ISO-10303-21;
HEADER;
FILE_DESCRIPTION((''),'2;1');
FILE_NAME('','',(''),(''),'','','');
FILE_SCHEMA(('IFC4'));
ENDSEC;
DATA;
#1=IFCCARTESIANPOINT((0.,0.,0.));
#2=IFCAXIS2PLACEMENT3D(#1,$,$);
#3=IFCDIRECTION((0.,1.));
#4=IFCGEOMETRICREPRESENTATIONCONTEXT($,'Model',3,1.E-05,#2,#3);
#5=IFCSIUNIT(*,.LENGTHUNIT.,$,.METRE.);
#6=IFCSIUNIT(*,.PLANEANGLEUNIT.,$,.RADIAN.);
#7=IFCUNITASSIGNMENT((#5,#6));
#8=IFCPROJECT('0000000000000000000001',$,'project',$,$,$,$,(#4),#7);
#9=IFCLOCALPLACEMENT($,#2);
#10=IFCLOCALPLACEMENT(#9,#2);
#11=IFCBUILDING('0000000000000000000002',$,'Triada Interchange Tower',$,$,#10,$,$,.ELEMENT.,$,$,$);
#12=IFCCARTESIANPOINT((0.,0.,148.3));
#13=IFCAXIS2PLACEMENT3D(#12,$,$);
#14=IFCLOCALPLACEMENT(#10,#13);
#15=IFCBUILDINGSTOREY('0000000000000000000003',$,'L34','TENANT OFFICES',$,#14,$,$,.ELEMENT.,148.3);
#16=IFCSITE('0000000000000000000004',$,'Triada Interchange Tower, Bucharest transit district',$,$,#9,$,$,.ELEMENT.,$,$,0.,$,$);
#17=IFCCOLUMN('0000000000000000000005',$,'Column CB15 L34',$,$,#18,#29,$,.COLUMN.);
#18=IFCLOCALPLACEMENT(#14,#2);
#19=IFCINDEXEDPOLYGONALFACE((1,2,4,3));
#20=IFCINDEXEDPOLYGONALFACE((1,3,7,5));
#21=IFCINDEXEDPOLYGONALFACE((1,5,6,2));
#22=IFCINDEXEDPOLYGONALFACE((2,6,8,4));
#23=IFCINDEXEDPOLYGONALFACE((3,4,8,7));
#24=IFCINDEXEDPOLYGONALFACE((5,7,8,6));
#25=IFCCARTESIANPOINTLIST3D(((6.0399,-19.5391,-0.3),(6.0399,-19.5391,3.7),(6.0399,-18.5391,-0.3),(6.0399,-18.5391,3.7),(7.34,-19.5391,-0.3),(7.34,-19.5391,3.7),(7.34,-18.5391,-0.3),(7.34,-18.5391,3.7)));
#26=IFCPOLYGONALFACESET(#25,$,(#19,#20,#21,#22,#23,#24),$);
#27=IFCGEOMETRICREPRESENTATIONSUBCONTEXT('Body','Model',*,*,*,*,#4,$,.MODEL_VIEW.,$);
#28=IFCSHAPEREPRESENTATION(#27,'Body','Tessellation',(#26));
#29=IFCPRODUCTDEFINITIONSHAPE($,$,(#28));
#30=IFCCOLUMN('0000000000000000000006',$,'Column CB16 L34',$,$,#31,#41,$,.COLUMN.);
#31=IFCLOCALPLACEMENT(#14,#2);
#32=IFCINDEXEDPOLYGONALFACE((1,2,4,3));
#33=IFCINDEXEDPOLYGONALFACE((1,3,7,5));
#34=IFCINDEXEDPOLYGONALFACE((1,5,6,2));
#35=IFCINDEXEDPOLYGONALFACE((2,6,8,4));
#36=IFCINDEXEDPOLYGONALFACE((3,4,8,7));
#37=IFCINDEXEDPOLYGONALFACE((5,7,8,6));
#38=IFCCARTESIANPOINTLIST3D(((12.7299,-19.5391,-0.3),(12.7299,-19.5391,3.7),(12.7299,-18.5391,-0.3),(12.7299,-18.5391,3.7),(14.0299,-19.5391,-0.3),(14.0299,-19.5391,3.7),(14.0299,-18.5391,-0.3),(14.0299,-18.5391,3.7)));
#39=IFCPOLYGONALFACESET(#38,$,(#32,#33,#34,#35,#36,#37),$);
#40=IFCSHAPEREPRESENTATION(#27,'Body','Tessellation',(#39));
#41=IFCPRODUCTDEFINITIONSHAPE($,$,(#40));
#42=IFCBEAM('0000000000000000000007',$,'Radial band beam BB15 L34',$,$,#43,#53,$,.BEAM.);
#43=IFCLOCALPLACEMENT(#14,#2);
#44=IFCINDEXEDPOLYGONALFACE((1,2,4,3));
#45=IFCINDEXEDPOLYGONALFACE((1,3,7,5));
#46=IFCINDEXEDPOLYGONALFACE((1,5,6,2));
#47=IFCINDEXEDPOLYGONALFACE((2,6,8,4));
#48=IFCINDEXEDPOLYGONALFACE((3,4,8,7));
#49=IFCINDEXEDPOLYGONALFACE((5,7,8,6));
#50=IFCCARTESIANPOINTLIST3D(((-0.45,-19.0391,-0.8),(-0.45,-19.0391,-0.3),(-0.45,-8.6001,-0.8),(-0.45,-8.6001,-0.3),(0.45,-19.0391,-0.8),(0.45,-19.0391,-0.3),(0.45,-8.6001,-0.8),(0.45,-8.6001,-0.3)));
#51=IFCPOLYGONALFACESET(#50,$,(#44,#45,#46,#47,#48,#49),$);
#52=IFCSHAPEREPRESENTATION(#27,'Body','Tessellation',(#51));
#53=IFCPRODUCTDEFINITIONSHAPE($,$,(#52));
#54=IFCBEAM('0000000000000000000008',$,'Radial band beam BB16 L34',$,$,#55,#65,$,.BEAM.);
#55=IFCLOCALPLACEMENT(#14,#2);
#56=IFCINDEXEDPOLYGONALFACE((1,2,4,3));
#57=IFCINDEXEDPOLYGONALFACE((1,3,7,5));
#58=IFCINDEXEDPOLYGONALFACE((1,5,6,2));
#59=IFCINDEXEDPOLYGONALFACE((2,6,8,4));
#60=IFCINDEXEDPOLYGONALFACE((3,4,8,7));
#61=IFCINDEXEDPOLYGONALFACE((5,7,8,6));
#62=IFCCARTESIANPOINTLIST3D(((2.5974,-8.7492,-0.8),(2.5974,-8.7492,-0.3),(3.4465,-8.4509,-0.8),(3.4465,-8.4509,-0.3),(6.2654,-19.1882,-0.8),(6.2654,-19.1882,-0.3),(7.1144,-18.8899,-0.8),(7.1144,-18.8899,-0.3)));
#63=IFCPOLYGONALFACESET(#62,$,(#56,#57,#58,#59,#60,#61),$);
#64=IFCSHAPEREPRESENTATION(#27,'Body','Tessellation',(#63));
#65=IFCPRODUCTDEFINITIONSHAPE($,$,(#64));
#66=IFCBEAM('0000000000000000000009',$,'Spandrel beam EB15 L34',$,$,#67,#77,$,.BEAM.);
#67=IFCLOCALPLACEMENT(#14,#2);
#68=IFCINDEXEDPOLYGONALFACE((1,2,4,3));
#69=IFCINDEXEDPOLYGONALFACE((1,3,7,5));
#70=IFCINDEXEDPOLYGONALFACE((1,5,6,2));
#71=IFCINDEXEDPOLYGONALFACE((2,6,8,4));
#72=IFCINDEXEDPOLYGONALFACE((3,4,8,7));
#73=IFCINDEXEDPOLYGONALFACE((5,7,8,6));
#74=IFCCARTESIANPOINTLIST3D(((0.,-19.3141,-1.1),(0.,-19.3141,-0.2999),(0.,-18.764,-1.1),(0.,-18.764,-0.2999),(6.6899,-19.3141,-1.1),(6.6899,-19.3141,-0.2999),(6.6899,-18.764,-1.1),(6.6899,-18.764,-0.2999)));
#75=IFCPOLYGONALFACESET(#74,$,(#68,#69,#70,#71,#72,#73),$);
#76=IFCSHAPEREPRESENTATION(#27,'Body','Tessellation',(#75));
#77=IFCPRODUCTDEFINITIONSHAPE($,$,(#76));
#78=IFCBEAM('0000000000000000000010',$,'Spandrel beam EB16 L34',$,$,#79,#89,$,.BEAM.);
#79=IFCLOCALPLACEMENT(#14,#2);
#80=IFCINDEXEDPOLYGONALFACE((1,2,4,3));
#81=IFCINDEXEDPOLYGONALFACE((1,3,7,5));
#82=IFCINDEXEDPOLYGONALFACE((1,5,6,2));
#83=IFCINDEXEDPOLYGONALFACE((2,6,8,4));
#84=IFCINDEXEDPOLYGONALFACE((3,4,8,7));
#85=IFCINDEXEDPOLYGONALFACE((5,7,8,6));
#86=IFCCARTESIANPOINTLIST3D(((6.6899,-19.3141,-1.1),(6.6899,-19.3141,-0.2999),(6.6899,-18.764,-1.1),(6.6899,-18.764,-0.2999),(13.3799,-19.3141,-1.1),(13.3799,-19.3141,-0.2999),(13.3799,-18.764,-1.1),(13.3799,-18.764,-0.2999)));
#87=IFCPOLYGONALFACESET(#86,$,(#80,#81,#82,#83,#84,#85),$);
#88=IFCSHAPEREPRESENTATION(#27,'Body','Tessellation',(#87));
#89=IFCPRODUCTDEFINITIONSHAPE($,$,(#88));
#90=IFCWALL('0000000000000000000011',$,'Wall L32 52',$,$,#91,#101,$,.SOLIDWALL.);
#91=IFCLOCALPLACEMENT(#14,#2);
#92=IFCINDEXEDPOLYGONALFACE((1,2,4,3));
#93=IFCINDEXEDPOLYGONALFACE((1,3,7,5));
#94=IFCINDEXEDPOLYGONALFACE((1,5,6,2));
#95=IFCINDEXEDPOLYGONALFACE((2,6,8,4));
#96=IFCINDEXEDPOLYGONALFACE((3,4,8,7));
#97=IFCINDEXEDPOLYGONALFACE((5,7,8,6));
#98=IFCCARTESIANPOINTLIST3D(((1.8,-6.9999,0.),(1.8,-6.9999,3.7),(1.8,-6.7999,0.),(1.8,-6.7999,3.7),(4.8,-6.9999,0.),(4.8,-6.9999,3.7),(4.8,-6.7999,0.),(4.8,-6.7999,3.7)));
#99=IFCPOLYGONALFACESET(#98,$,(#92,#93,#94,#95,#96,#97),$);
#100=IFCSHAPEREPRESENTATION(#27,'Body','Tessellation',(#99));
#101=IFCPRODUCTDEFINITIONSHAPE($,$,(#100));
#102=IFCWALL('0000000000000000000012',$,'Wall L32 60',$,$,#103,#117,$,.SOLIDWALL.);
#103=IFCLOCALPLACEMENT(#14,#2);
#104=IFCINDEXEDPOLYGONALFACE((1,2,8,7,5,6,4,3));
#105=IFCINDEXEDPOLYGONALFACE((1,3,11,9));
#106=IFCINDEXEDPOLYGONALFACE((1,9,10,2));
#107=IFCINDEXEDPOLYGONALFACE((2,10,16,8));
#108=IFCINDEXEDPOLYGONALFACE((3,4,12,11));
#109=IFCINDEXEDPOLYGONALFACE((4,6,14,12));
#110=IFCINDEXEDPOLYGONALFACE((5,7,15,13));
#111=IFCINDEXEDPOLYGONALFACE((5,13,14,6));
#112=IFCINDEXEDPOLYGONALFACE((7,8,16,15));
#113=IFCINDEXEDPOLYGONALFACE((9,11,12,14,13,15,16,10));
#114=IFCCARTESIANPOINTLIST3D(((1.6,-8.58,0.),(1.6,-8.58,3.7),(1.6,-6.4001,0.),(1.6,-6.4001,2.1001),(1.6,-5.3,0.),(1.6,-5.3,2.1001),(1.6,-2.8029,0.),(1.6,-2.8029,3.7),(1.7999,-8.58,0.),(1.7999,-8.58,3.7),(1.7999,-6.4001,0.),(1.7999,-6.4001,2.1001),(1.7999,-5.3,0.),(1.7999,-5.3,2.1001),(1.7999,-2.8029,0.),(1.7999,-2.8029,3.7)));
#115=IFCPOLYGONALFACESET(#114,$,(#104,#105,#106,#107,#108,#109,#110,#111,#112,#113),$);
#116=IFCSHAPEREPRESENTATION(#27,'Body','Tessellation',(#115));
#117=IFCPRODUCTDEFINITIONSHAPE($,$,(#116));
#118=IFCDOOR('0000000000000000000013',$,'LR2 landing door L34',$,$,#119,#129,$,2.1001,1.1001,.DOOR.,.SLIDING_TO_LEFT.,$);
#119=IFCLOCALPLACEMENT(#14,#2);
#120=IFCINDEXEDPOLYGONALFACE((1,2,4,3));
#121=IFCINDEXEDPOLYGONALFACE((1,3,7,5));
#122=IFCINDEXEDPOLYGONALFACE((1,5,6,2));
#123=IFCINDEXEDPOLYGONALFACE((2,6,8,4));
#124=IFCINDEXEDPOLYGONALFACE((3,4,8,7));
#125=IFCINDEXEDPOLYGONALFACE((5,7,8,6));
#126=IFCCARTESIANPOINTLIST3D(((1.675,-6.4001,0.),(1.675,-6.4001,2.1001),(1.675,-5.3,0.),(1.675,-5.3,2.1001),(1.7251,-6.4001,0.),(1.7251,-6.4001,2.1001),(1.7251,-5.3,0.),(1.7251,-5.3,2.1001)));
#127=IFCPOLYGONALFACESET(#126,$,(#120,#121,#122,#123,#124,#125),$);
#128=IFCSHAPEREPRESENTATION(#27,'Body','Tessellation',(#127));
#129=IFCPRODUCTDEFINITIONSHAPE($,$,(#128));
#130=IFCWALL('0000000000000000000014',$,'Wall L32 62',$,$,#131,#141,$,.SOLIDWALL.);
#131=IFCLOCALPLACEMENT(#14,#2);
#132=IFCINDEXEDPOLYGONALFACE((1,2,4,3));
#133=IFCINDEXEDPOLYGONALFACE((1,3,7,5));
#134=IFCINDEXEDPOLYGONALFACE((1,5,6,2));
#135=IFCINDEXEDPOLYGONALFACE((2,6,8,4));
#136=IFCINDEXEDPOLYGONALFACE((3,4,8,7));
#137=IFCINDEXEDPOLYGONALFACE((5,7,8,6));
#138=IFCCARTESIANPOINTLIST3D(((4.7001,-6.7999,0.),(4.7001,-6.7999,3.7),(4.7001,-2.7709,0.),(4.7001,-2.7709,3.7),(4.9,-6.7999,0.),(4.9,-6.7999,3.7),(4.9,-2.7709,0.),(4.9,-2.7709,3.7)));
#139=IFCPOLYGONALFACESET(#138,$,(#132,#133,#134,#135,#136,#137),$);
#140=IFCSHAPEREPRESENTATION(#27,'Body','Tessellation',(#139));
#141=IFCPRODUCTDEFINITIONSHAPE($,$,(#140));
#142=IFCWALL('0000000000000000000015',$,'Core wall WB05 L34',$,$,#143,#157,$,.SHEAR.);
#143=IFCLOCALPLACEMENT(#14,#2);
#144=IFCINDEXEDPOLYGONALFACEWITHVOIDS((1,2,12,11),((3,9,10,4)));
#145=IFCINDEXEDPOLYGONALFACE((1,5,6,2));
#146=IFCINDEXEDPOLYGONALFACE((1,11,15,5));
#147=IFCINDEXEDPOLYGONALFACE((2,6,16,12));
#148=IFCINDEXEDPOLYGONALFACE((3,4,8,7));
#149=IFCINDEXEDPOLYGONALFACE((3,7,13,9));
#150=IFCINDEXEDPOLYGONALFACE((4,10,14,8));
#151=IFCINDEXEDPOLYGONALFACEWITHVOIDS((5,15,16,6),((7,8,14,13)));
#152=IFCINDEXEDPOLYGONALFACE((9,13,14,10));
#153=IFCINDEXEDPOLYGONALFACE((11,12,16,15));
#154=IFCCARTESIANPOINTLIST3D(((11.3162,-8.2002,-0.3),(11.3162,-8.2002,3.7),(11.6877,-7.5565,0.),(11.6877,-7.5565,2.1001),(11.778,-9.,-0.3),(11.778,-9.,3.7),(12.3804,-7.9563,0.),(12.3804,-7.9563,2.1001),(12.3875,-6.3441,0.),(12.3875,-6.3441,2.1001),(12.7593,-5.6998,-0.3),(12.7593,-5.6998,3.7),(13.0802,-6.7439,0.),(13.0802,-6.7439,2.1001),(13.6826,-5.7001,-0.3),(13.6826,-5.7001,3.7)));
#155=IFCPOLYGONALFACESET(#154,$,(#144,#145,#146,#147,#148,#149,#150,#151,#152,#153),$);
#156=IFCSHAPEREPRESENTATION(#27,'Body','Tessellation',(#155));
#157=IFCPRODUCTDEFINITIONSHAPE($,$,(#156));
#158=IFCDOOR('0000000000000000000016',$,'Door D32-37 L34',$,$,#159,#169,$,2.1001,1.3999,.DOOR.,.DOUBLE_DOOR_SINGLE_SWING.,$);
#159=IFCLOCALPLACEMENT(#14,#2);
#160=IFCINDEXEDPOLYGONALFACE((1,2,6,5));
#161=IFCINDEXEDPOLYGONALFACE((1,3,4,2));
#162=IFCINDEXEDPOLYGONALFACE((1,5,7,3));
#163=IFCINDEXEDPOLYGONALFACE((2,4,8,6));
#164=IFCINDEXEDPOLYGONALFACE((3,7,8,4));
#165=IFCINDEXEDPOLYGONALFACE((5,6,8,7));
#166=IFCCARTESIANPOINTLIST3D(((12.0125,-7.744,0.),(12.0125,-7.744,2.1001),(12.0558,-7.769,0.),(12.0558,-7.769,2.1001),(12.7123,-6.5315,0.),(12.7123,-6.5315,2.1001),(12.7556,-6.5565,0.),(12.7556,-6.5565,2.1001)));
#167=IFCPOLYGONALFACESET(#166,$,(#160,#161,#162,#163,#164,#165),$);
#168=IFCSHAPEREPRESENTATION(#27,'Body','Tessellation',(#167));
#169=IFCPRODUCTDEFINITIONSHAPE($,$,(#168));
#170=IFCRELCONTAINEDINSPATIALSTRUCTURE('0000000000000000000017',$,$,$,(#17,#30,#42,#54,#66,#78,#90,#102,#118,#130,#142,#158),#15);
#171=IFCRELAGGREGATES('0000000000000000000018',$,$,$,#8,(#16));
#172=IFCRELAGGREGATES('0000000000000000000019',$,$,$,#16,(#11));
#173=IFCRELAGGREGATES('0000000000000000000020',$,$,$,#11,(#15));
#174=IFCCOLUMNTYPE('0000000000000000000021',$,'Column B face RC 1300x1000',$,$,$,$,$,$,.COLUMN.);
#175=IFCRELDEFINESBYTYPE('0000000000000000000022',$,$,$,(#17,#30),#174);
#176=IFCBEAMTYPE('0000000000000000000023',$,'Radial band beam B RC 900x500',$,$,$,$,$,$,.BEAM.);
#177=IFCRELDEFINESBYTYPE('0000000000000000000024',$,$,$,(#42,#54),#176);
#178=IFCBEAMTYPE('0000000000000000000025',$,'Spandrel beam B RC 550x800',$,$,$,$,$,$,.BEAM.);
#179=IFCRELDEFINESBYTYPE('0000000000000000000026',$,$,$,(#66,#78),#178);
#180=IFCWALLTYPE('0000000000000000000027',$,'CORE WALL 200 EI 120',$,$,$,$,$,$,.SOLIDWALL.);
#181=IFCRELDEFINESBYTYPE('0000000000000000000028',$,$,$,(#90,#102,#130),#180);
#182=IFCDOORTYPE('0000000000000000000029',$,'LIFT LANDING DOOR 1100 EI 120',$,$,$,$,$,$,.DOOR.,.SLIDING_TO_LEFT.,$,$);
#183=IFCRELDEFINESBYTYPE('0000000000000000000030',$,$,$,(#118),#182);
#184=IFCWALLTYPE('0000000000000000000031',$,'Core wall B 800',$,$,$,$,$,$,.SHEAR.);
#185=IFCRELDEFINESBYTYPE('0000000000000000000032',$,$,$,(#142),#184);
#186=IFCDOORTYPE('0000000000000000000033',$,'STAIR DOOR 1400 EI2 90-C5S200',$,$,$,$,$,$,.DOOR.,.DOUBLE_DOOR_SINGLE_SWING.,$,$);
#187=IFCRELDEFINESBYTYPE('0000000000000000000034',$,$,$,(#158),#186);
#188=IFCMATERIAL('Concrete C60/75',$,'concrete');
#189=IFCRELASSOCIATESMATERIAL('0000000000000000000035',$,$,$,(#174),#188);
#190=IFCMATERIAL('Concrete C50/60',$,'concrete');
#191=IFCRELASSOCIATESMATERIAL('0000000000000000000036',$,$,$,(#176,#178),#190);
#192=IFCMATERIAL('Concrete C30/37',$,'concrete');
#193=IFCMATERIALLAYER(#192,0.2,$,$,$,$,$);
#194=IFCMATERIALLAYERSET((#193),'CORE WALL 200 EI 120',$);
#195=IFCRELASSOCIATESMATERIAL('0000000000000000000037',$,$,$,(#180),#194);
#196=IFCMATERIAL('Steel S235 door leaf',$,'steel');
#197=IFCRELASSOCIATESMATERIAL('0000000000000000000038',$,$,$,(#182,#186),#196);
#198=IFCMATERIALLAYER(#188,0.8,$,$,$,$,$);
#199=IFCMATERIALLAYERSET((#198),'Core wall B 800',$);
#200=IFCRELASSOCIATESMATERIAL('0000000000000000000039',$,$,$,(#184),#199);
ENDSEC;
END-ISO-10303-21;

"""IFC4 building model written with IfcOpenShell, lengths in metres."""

from ifc_helpers import new_model, si_unit, direction, frame, frame_2d, origin, origin_2d, place, context, subcontext, project, spatial, polyline, rectangle, outline, extrude, material, layer, layer_set, material_profile, profile_set, type_object, element, fill, save


model = new_model("IFC4")

# Units and contexts
model_context = context("Model", 3, precision=1e-05, world=origin(), true_north=direction((0.0, 1.0)))
body_context = subcontext(model_context, "Body", "Model", "MODEL_VIEW")
ifc_project = project(units=[si_unit("LENGTHUNIT", "METRE"), si_unit("PLANEANGLEUNIT", "RADIAN")], contexts=[model_context])

# Site, building, storey
site_placement = place(None, origin())
site = spatial("IfcSite", under=ifc_project, at=site_placement, Name="Triada Interchange Tower, Bucharest transit district", CompositionType="ELEMENT", RefElevation=0.0)
building_placement = place(site_placement, origin())
building = spatial("IfcBuilding", under=site, at=building_placement, Name="Triada Interchange Tower", CompositionType="ELEMENT")
storey_placement = place(building_placement, frame((0.0, 0.0, 148.3)))
storey = spatial("IfcBuildingStorey", under=building, at=storey_placement, Name="L34", Description="TENANT OFFICES", CompositionType="ELEMENT", Elevation=148.3)

# Columns
ifc_material_1 = material(Name="Concrete C60/75", Category="concrete")
ifc_material_profile_1 = material_profile(ifc_material_1, rectangle(XDim=1.3, YDim=1.0, at=origin_2d()), Name="RC 1300x1000")
ifc_profile_set_1 = profile_set([ifc_material_profile_1], Name="Concrete C60/75")
column_type = type_object("IfcColumnType", Name="Column B face RC 1300x1000", PredefinedType="COLUMN", material=ifc_profile_set_1)
for number, where, z_axis, x_axis, name in (
    (1, (6.6899, -19.0391, -0.3), (0.0, 0.0, 1.0), (1.0, 0.0, 0.0), "Column CB15 L34"),
    (2, (13.3799, -19.0391, -0.3), (0.0, 0.0, 1.0), (1.0, 0.0, 0.0), "Column CB16 L34"),
):
    element("IfcColumn", number, at=place(storey_placement, frame(where, z_axis=z_axis, x_axis=x_axis)), inside=storey, type_object=column_type, Name=name, PredefinedType="COLUMN", context=body_context, shape_type="SweptSolid", body=[
        extrude(rectangle(XDim=1.3, YDim=1.0, at=origin_2d()), origin(), (0.0, 0.0, 1.0), 4.0),
    ])

# Beams
ifc_material_2 = material(Name="Concrete C50/60", Category="concrete")
ifc_material_profile_2 = material_profile(ifc_material_2, rectangle(XDim=0.8999, YDim=0.5, at=origin_2d()), Name="RC 900x500")
ifc_profile_set_2 = profile_set([ifc_material_profile_2], Name="Concrete C50/60")
beam_type_1 = type_object("IfcBeamType", Name="Radial band beam B RC 900x500", PredefinedType="BEAM", material=ifc_profile_set_2)
beam_1_placement = place(storey_placement, frame((0.0, -19.0391, -0.55), z_axis=(0.0, 1.0, 0.0), x_axis=(-1.0, 0.0, 0.0)))
element("IfcBeam", 3, at=beam_1_placement, inside=storey, type_object=beam_type_1, Name="Radial band beam BB15 L34", PredefinedType="BEAM", context=body_context, shape_type="SweptSolid", body=[
    extrude(rectangle(XDim=0.8999, YDim=0.5, at=origin_2d()), origin(), (0.0, 0.0, 1.0), 10.439),
])
beam_2_placement = place(storey_placement, frame((6.6899, -19.0391, -0.55), z_axis=(-0.331504, 0.943454, 0.0), x_axis=(-0.943454, -0.331504, 0.0)))
element("IfcBeam", 4, at=beam_2_placement, inside=storey, type_object=beam_type_1, Name="Radial band beam BB16 L34", PredefinedType="BEAM", context=body_context, shape_type="SweptSolid", body=[
    extrude(rectangle(XDim=0.8999, YDim=0.5, at=origin_2d()), origin(), (0.0, 0.0, 1.0), 11.0647),
])
ifc_material_profile_3 = material_profile(ifc_material_2, rectangle(XDim=0.55, YDim=0.8, at=origin_2d()), Name="RC 550x800")
ifc_profile_set_3 = profile_set([ifc_material_profile_3], Name="Concrete C50/60")
beam_type_2 = type_object("IfcBeamType", Name="Spandrel beam B RC 550x800", PredefinedType="BEAM", material=ifc_profile_set_3)
for number, where, z_axis, x_axis, name in (
    (5, (0.0, -19.0391, -0.7), (1.0, 0.0, 0.0), (0.0, 1.0, 0.0), "Spandrel beam EB15 L34"),
    (6, (6.6899, -19.0391, -0.7), (1.0, 0.0, 0.0), (0.0, 1.0, 0.0), "Spandrel beam EB16 L34"),
):
    element("IfcBeam", number, at=place(storey_placement, frame(where, z_axis=z_axis, x_axis=x_axis)), inside=storey, type_object=beam_type_2, Name=name, PredefinedType="BEAM", context=body_context, shape_type="SweptSolid", body=[
        extrude(rectangle(XDim=0.55, YDim=0.8, at=origin_2d()), origin(), (0.0, 0.0, 1.0), 6.6899),
    ])

# Wall
ifc_material_3 = material(Name="Concrete C30/37", Category="concrete")
ifc_layer_1 = layer(ifc_material_3, 0.2)
ifc_layer_set_1 = layer_set([ifc_layer_1], Name="CORE WALL 200 EI 120")
wall_type_1 = type_object("IfcWallType", Name="CORE WALL 200 EI 120", PredefinedType="SOLIDWALL", material=ifc_layer_set_1)
wall_1_placement = place(storey_placement, frame((1.8, -6.8999, 0.0), z_axis=(0.0, 0.0, 1.0), x_axis=(1.0, 0.0, 0.0)))
element("IfcWall", 7, at=wall_1_placement, inside=storey, type_object=wall_type_1, Name="Wall L32 52", PredefinedType="SOLIDWALL", context=body_context, shape_type="SweptSolid", body=[
    extrude(rectangle(XDim=3.0, YDim=0.2, at=frame_2d((1.5, 0.0))), origin(), (0.0, 0.0, 1.0), 3.7),
])

# Wall, opening, door
wall_2_placement = place(storey_placement, frame((1.7, -8.5801, 0.0), z_axis=(0.0, 0.0, 1.0), x_axis=(0.0, 1.0, 0.0)))
wall_2 = element("IfcWall", 8, at=wall_2_placement, inside=storey, type_object=wall_type_1, Name="Wall L32 60", PredefinedType="SOLIDWALL", context=body_context, shape_type="SweptSolid", body=[
    extrude(rectangle(XDim=5.7771, YDim=0.2, at=frame_2d((2.8887, 0.0))), origin(), (0.0, 0.0, 1.0), 3.7),
])
opening_1_placement = place(wall_2_placement, frame((2.1799, 0.0, 0.0)))
opening_1 = element("IfcOpeningElement", 9, at=opening_1_placement, cuts=wall_2, PredefinedType="OPENING", context=body_context, shape_type="SweptSolid", body=[
    extrude(rectangle(XDim=1.1001, YDim=2.1001, at=frame_2d((0.55, 1.05))), frame((0.0, 0.1099, 0.0), z_axis=(0.0, -1.0, 0.0), x_axis=(1.0, 0.0, 0.0)), (0.0, 0.0, 1.0), 0.22),
])
ifc_material_4 = material(Name="Steel S235 door leaf", Category="steel")
door_type_1 = type_object("IfcDoorType", Name="LIFT LANDING DOOR 1100 EI 120", OperationType="SLIDING_TO_LEFT", PredefinedType="DOOR", material=ifc_material_4)
door_1_placement = place(opening_1_placement, origin())
door_1 = element("IfcDoor", 10, at=door_1_placement, inside=storey, type_object=door_type_1, Name="LR2 landing door L34", OperationType="SLIDING_TO_LEFT", OverallHeight=2.1001, OverallWidth=1.1001, PredefinedType="DOOR", context=body_context, shape_type="SweptSolid", body=[
    extrude(rectangle(XDim=1.1001, YDim=2.1001, at=frame_2d((0.55, 1.05))), frame((0.0, 0.0249, 0.0), z_axis=(0.0, -1.0, 0.0), x_axis=(1.0, 0.0, 0.0)), (0.0, 0.0, 1.0), 0.05),
])
fill(opening_1, door_1)

# Wall
wall_3_placement = place(storey_placement, frame((4.8, -6.8, 0.0), z_axis=(0.0, 0.0, 1.0), x_axis=(0.0, 1.0, 0.0)))
element("IfcWall", 11, at=wall_3_placement, inside=storey, type_object=wall_type_1, Name="Wall L32 62", PredefinedType="SOLIDWALL", context=body_context, shape_type="SweptSolid", body=[
    extrude(rectangle(XDim=4.0291, YDim=0.2, at=frame_2d((2.0146, 0.0))), origin(), (0.0, 0.0, 1.0), 3.7),
])

# Wall, opening, door
ifc_layer_2 = layer(ifc_material_1, 0.8)
ifc_layer_set_2 = layer_set([ifc_layer_2], Name="Core wall B 800")
wall_type_2 = type_object("IfcWallType", Name="Core wall B 800", PredefinedType="SHEAR", material=ifc_layer_set_2)
wall_4_placement = place(storey_placement, frame((11.5471, -8.6001, -0.3), z_axis=(0.0, 0.0, 1.0), x_axis=(0.499872, 0.866099, 0.0)))
wall_4 = element("IfcWall", 12, at=wall_4_placement, inside=storey, type_object=wall_type_2, Name="Core wall WB05 L34", PredefinedType="SHEAR", context=body_context, shape_type="SweptSolid", body=[
    extrude(outline(polyline([(-0.231, -0.3999), (1.6741, -0.3999), (3.5791, -0.3999), (3.1179, 0.3999), (1.6743, 0.3999), (0.231, 0.3999), (-0.231, -0.3999)])), origin(), (0.0, 0.0, 1.0), 4.0),
])
opening_2_placement = place(wall_4_placement, frame((0.9741, 0.0, 0.3)))
opening_2 = element("IfcOpeningElement", 13, at=opening_2_placement, cuts=wall_4, PredefinedType="OPENING", context=body_context, shape_type="SweptSolid", body=[
    extrude(rectangle(XDim=1.3999, YDim=2.1001, at=frame_2d((0.7, 1.05))), frame((0.0, 0.4099, 0.0), z_axis=(0.0, -1.0, 0.0), x_axis=(1.0, 0.0, 0.0)), (0.0, 0.0, 1.0), 0.8201),
])
door_type_2 = type_object("IfcDoorType", Name="STAIR DOOR 1400 EI2 90-C5S200", OperationType="DOUBLE_DOOR_SINGLE_SWING", PredefinedType="DOOR", material=ifc_material_4)
door_2_placement = place(opening_2_placement, origin())
door_2 = element("IfcDoor", 14, at=door_2_placement, inside=storey, type_object=door_type_2, Name="Door D32-37 L34", OperationType="DOUBLE_DOOR_SINGLE_SWING", OverallHeight=2.1001, OverallWidth=1.3999, PredefinedType="DOOR", context=body_context, shape_type="SweptSolid", body=[
    extrude(rectangle(XDim=1.3999, YDim=2.1001, at=frame_2d((0.7, 1.05))), frame((0.0, 0.0249, 0.0), z_axis=(0.0, -1.0, 0.0), x_axis=(1.0, 0.0, 0.0)), (0.0, 0.0, 1.0), 0.05),
])
fill(opening_2, door_2)

save(model, "model.ifc")
